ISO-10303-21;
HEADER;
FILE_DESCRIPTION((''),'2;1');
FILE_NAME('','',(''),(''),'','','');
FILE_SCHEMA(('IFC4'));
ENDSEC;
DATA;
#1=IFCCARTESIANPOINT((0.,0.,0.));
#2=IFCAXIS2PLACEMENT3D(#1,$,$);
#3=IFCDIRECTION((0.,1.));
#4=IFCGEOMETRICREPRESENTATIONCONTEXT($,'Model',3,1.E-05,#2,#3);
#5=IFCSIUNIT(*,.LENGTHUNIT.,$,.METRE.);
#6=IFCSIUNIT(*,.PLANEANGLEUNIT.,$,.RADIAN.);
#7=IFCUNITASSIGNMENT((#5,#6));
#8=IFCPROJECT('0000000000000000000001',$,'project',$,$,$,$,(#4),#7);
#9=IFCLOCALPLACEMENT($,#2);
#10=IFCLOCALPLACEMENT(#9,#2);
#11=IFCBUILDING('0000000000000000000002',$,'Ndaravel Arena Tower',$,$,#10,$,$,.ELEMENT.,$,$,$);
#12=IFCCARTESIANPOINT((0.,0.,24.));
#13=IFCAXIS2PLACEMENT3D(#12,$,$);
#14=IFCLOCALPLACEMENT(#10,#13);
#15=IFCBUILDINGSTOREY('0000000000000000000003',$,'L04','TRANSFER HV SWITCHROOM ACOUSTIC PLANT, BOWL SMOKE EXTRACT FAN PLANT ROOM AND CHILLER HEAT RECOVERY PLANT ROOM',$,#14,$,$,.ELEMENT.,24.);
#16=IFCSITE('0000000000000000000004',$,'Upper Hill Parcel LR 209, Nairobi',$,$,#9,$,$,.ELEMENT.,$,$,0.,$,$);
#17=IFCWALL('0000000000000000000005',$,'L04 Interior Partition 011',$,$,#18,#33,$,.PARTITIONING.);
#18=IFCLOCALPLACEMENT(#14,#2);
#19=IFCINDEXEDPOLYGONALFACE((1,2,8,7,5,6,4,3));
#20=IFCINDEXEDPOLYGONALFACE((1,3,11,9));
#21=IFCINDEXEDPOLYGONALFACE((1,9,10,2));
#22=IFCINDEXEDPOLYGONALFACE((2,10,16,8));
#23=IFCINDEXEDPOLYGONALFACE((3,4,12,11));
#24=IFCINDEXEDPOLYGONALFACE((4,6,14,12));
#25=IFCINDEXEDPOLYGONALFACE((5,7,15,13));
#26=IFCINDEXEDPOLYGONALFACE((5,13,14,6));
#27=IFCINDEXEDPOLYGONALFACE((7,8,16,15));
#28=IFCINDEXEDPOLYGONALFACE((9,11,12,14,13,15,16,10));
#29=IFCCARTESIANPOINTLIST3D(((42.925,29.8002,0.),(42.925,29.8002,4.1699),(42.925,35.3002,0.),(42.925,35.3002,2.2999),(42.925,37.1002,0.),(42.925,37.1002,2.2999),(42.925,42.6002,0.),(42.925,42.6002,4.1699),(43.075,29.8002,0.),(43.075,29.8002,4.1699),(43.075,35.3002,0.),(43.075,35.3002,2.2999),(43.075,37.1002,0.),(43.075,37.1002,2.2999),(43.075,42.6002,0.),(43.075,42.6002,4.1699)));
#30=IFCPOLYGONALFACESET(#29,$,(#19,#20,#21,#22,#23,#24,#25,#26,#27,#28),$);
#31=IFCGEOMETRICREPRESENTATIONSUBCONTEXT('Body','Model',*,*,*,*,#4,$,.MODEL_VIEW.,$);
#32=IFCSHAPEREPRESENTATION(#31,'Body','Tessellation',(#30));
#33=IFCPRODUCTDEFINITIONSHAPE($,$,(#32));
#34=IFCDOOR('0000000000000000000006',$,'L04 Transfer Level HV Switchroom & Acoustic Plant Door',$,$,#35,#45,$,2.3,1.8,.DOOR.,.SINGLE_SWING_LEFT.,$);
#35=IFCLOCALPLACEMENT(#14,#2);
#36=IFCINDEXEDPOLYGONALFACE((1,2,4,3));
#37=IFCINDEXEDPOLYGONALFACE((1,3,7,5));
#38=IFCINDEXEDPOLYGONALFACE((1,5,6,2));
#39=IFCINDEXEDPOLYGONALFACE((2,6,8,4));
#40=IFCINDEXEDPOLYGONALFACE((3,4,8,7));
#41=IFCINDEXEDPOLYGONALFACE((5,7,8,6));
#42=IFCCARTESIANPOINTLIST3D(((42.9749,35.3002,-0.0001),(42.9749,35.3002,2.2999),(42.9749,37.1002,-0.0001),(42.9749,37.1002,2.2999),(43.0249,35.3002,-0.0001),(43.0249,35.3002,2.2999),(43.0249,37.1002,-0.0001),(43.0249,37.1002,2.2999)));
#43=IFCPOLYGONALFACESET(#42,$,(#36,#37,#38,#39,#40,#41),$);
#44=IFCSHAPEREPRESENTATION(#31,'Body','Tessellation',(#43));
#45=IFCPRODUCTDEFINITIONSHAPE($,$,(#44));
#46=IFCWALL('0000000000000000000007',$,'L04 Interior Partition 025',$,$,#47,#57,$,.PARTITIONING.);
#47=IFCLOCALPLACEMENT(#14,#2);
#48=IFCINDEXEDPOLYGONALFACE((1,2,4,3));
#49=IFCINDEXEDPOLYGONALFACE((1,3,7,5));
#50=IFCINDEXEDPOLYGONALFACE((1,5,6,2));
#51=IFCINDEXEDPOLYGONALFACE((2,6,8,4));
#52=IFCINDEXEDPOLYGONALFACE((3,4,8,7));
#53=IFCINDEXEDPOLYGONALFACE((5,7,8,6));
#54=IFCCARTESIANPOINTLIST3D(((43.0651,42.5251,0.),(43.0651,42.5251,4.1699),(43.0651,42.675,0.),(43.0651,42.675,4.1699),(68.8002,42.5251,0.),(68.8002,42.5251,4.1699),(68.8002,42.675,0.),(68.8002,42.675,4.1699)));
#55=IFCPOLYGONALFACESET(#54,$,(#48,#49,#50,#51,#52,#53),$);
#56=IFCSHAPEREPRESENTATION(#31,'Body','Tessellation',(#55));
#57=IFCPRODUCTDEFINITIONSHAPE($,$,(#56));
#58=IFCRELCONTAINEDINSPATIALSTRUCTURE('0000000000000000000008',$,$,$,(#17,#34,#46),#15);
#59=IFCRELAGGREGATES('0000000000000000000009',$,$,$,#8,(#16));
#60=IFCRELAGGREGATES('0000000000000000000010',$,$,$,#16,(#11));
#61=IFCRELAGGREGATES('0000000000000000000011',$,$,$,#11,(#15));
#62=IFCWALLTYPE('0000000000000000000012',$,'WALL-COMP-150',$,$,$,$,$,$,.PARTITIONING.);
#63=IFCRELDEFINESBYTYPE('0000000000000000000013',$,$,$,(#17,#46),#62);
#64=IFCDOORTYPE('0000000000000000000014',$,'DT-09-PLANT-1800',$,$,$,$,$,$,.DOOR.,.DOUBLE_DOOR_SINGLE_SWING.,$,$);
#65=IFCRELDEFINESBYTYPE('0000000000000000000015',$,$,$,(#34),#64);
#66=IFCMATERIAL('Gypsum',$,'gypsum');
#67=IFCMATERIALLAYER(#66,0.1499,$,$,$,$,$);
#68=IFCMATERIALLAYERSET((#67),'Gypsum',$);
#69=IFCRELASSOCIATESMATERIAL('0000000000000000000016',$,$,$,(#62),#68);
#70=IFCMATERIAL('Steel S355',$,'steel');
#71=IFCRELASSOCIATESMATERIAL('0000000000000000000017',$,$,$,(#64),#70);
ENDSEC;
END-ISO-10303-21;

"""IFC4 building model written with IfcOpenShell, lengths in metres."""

from ifc_helpers import new_model, si_unit, direction, frame, frame_2d, origin, place, context, subcontext, project, spatial, rectangle, extrude, material, layer, layer_set, type_object, element, fill, save


model = new_model("IFC4")

# Units and contexts
model_context = context("Model", 3, precision=1e-05, world=origin(), true_north=direction((0.0, 1.0)))
body_context = subcontext(model_context, "Body", "Model", "MODEL_VIEW")
ifc_project = project(units=[si_unit("LENGTHUNIT", "METRE"), si_unit("PLANEANGLEUNIT", "RADIAN")], contexts=[model_context])

# Site, building, storey
site_placement = place(None, origin())
site = spatial("IfcSite", under=ifc_project, at=site_placement, Name="Upper Hill Parcel LR 209, Nairobi", CompositionType="ELEMENT", RefElevation=0.0)
building_placement = place(site_placement, origin())
building = spatial("IfcBuilding", under=site, at=building_placement, Name="Ndaravel Arena Tower", CompositionType="ELEMENT")
storey_placement = place(building_placement, frame((0.0, 0.0, 24.0)))
storey = spatial("IfcBuildingStorey", under=building, at=storey_placement, Name="L04", Description="TRANSFER HV SWITCHROOM ACOUSTIC PLANT, BOWL SMOKE EXTRACT FAN PLANT ROOM AND CHILLER HEAT RECOVERY PLANT ROOM", CompositionType="ELEMENT", Elevation=24.0)

# Wall, opening, door
ifc_material_1 = material(Name="Gypsum", Category="gypsum")
ifc_layer_1 = layer(ifc_material_1, 0.1499)
ifc_layer_set_1 = layer_set([ifc_layer_1], Name="Gypsum")
wall_type = type_object("IfcWallType", Name="WALL-COMP-150", PredefinedType="PARTITIONING", material=ifc_layer_set_1)
wall_1_placement = place(storey_placement, frame((43.0, 42.6001, 0.0), z_axis=(0.0, 0.0, 1.0), x_axis=(0.0, -1.0, 0.0)))
wall_1 = element("IfcWall", 1, at=wall_1_placement, inside=storey, type_object=wall_type, Name="L04 Interior Partition 011", PredefinedType="PARTITIONING", context=body_context, shape_type="SweptSolid", body=[
    extrude(rectangle(XDim=12.8, YDim=0.1499, at=frame_2d((6.3999, 0.0))), origin(), (0.0, 0.0, 1.0), 4.1699),
])
opening_placement = place(wall_1_placement, frame((5.5, 0.0, 0.0)))
opening = element("IfcOpeningElement", 2, at=opening_placement, cuts=wall_1, PredefinedType="OPENING", context=body_context, shape_type="SweptSolid", body=[
    extrude(rectangle(XDim=1.8, YDim=2.3, at=frame_2d((0.8999, 1.1499))), frame((0.0, 0.075, 0.0), z_axis=(0.0, -1.0, 0.0), x_axis=(1.0, 0.0, 0.0)), (0.0, 0.0, 1.0), 0.1499),
])
ifc_material_2 = material(Name="Steel S355", Category="steel")
door_type = type_object("IfcDoorType", Name="DT-09-PLANT-1800", OperationType="DOUBLE_DOOR_SINGLE_SWING", PredefinedType="DOOR", material=ifc_material_2)
door_placement = place(opening_placement, origin())
door = element("IfcDoor", 3, at=door_placement, inside=storey, type_object=door_type, Name="L04 Transfer Level HV Switchroom & Acoustic Plant Door", OperationType="SINGLE_SWING_LEFT", OverallHeight=2.3, OverallWidth=1.8, PredefinedType="DOOR", context=body_context, shape_type="SweptSolid", body=[
    extrude(rectangle(XDim=1.8, YDim=2.3, at=frame_2d((0.8999, 1.1499))), frame((0.0, 0.0249, 0.0), z_axis=(0.0, -1.0, 0.0), x_axis=(1.0, 0.0, 0.0)), (0.0, 0.0, 1.0), 0.05),
])
fill(opening, door)

# Wall
wall_2_placement = place(storey_placement, frame((43.0649, 42.6001, 0.0), z_axis=(0.0, 0.0, 1.0), x_axis=(1.0, 0.0, 0.0)))
element("IfcWall", 4, at=wall_2_placement, inside=storey, type_object=wall_type, Name="L04 Interior Partition 025", PredefinedType="PARTITIONING", context=body_context, shape_type="SweptSolid", body=[
    extrude(rectangle(XDim=25.7351, YDim=0.1499, at=frame_2d((12.8677, 0.0))), origin(), (0.0, 0.0, 1.0), 4.1699),
])

save(model, "model.ifc")
